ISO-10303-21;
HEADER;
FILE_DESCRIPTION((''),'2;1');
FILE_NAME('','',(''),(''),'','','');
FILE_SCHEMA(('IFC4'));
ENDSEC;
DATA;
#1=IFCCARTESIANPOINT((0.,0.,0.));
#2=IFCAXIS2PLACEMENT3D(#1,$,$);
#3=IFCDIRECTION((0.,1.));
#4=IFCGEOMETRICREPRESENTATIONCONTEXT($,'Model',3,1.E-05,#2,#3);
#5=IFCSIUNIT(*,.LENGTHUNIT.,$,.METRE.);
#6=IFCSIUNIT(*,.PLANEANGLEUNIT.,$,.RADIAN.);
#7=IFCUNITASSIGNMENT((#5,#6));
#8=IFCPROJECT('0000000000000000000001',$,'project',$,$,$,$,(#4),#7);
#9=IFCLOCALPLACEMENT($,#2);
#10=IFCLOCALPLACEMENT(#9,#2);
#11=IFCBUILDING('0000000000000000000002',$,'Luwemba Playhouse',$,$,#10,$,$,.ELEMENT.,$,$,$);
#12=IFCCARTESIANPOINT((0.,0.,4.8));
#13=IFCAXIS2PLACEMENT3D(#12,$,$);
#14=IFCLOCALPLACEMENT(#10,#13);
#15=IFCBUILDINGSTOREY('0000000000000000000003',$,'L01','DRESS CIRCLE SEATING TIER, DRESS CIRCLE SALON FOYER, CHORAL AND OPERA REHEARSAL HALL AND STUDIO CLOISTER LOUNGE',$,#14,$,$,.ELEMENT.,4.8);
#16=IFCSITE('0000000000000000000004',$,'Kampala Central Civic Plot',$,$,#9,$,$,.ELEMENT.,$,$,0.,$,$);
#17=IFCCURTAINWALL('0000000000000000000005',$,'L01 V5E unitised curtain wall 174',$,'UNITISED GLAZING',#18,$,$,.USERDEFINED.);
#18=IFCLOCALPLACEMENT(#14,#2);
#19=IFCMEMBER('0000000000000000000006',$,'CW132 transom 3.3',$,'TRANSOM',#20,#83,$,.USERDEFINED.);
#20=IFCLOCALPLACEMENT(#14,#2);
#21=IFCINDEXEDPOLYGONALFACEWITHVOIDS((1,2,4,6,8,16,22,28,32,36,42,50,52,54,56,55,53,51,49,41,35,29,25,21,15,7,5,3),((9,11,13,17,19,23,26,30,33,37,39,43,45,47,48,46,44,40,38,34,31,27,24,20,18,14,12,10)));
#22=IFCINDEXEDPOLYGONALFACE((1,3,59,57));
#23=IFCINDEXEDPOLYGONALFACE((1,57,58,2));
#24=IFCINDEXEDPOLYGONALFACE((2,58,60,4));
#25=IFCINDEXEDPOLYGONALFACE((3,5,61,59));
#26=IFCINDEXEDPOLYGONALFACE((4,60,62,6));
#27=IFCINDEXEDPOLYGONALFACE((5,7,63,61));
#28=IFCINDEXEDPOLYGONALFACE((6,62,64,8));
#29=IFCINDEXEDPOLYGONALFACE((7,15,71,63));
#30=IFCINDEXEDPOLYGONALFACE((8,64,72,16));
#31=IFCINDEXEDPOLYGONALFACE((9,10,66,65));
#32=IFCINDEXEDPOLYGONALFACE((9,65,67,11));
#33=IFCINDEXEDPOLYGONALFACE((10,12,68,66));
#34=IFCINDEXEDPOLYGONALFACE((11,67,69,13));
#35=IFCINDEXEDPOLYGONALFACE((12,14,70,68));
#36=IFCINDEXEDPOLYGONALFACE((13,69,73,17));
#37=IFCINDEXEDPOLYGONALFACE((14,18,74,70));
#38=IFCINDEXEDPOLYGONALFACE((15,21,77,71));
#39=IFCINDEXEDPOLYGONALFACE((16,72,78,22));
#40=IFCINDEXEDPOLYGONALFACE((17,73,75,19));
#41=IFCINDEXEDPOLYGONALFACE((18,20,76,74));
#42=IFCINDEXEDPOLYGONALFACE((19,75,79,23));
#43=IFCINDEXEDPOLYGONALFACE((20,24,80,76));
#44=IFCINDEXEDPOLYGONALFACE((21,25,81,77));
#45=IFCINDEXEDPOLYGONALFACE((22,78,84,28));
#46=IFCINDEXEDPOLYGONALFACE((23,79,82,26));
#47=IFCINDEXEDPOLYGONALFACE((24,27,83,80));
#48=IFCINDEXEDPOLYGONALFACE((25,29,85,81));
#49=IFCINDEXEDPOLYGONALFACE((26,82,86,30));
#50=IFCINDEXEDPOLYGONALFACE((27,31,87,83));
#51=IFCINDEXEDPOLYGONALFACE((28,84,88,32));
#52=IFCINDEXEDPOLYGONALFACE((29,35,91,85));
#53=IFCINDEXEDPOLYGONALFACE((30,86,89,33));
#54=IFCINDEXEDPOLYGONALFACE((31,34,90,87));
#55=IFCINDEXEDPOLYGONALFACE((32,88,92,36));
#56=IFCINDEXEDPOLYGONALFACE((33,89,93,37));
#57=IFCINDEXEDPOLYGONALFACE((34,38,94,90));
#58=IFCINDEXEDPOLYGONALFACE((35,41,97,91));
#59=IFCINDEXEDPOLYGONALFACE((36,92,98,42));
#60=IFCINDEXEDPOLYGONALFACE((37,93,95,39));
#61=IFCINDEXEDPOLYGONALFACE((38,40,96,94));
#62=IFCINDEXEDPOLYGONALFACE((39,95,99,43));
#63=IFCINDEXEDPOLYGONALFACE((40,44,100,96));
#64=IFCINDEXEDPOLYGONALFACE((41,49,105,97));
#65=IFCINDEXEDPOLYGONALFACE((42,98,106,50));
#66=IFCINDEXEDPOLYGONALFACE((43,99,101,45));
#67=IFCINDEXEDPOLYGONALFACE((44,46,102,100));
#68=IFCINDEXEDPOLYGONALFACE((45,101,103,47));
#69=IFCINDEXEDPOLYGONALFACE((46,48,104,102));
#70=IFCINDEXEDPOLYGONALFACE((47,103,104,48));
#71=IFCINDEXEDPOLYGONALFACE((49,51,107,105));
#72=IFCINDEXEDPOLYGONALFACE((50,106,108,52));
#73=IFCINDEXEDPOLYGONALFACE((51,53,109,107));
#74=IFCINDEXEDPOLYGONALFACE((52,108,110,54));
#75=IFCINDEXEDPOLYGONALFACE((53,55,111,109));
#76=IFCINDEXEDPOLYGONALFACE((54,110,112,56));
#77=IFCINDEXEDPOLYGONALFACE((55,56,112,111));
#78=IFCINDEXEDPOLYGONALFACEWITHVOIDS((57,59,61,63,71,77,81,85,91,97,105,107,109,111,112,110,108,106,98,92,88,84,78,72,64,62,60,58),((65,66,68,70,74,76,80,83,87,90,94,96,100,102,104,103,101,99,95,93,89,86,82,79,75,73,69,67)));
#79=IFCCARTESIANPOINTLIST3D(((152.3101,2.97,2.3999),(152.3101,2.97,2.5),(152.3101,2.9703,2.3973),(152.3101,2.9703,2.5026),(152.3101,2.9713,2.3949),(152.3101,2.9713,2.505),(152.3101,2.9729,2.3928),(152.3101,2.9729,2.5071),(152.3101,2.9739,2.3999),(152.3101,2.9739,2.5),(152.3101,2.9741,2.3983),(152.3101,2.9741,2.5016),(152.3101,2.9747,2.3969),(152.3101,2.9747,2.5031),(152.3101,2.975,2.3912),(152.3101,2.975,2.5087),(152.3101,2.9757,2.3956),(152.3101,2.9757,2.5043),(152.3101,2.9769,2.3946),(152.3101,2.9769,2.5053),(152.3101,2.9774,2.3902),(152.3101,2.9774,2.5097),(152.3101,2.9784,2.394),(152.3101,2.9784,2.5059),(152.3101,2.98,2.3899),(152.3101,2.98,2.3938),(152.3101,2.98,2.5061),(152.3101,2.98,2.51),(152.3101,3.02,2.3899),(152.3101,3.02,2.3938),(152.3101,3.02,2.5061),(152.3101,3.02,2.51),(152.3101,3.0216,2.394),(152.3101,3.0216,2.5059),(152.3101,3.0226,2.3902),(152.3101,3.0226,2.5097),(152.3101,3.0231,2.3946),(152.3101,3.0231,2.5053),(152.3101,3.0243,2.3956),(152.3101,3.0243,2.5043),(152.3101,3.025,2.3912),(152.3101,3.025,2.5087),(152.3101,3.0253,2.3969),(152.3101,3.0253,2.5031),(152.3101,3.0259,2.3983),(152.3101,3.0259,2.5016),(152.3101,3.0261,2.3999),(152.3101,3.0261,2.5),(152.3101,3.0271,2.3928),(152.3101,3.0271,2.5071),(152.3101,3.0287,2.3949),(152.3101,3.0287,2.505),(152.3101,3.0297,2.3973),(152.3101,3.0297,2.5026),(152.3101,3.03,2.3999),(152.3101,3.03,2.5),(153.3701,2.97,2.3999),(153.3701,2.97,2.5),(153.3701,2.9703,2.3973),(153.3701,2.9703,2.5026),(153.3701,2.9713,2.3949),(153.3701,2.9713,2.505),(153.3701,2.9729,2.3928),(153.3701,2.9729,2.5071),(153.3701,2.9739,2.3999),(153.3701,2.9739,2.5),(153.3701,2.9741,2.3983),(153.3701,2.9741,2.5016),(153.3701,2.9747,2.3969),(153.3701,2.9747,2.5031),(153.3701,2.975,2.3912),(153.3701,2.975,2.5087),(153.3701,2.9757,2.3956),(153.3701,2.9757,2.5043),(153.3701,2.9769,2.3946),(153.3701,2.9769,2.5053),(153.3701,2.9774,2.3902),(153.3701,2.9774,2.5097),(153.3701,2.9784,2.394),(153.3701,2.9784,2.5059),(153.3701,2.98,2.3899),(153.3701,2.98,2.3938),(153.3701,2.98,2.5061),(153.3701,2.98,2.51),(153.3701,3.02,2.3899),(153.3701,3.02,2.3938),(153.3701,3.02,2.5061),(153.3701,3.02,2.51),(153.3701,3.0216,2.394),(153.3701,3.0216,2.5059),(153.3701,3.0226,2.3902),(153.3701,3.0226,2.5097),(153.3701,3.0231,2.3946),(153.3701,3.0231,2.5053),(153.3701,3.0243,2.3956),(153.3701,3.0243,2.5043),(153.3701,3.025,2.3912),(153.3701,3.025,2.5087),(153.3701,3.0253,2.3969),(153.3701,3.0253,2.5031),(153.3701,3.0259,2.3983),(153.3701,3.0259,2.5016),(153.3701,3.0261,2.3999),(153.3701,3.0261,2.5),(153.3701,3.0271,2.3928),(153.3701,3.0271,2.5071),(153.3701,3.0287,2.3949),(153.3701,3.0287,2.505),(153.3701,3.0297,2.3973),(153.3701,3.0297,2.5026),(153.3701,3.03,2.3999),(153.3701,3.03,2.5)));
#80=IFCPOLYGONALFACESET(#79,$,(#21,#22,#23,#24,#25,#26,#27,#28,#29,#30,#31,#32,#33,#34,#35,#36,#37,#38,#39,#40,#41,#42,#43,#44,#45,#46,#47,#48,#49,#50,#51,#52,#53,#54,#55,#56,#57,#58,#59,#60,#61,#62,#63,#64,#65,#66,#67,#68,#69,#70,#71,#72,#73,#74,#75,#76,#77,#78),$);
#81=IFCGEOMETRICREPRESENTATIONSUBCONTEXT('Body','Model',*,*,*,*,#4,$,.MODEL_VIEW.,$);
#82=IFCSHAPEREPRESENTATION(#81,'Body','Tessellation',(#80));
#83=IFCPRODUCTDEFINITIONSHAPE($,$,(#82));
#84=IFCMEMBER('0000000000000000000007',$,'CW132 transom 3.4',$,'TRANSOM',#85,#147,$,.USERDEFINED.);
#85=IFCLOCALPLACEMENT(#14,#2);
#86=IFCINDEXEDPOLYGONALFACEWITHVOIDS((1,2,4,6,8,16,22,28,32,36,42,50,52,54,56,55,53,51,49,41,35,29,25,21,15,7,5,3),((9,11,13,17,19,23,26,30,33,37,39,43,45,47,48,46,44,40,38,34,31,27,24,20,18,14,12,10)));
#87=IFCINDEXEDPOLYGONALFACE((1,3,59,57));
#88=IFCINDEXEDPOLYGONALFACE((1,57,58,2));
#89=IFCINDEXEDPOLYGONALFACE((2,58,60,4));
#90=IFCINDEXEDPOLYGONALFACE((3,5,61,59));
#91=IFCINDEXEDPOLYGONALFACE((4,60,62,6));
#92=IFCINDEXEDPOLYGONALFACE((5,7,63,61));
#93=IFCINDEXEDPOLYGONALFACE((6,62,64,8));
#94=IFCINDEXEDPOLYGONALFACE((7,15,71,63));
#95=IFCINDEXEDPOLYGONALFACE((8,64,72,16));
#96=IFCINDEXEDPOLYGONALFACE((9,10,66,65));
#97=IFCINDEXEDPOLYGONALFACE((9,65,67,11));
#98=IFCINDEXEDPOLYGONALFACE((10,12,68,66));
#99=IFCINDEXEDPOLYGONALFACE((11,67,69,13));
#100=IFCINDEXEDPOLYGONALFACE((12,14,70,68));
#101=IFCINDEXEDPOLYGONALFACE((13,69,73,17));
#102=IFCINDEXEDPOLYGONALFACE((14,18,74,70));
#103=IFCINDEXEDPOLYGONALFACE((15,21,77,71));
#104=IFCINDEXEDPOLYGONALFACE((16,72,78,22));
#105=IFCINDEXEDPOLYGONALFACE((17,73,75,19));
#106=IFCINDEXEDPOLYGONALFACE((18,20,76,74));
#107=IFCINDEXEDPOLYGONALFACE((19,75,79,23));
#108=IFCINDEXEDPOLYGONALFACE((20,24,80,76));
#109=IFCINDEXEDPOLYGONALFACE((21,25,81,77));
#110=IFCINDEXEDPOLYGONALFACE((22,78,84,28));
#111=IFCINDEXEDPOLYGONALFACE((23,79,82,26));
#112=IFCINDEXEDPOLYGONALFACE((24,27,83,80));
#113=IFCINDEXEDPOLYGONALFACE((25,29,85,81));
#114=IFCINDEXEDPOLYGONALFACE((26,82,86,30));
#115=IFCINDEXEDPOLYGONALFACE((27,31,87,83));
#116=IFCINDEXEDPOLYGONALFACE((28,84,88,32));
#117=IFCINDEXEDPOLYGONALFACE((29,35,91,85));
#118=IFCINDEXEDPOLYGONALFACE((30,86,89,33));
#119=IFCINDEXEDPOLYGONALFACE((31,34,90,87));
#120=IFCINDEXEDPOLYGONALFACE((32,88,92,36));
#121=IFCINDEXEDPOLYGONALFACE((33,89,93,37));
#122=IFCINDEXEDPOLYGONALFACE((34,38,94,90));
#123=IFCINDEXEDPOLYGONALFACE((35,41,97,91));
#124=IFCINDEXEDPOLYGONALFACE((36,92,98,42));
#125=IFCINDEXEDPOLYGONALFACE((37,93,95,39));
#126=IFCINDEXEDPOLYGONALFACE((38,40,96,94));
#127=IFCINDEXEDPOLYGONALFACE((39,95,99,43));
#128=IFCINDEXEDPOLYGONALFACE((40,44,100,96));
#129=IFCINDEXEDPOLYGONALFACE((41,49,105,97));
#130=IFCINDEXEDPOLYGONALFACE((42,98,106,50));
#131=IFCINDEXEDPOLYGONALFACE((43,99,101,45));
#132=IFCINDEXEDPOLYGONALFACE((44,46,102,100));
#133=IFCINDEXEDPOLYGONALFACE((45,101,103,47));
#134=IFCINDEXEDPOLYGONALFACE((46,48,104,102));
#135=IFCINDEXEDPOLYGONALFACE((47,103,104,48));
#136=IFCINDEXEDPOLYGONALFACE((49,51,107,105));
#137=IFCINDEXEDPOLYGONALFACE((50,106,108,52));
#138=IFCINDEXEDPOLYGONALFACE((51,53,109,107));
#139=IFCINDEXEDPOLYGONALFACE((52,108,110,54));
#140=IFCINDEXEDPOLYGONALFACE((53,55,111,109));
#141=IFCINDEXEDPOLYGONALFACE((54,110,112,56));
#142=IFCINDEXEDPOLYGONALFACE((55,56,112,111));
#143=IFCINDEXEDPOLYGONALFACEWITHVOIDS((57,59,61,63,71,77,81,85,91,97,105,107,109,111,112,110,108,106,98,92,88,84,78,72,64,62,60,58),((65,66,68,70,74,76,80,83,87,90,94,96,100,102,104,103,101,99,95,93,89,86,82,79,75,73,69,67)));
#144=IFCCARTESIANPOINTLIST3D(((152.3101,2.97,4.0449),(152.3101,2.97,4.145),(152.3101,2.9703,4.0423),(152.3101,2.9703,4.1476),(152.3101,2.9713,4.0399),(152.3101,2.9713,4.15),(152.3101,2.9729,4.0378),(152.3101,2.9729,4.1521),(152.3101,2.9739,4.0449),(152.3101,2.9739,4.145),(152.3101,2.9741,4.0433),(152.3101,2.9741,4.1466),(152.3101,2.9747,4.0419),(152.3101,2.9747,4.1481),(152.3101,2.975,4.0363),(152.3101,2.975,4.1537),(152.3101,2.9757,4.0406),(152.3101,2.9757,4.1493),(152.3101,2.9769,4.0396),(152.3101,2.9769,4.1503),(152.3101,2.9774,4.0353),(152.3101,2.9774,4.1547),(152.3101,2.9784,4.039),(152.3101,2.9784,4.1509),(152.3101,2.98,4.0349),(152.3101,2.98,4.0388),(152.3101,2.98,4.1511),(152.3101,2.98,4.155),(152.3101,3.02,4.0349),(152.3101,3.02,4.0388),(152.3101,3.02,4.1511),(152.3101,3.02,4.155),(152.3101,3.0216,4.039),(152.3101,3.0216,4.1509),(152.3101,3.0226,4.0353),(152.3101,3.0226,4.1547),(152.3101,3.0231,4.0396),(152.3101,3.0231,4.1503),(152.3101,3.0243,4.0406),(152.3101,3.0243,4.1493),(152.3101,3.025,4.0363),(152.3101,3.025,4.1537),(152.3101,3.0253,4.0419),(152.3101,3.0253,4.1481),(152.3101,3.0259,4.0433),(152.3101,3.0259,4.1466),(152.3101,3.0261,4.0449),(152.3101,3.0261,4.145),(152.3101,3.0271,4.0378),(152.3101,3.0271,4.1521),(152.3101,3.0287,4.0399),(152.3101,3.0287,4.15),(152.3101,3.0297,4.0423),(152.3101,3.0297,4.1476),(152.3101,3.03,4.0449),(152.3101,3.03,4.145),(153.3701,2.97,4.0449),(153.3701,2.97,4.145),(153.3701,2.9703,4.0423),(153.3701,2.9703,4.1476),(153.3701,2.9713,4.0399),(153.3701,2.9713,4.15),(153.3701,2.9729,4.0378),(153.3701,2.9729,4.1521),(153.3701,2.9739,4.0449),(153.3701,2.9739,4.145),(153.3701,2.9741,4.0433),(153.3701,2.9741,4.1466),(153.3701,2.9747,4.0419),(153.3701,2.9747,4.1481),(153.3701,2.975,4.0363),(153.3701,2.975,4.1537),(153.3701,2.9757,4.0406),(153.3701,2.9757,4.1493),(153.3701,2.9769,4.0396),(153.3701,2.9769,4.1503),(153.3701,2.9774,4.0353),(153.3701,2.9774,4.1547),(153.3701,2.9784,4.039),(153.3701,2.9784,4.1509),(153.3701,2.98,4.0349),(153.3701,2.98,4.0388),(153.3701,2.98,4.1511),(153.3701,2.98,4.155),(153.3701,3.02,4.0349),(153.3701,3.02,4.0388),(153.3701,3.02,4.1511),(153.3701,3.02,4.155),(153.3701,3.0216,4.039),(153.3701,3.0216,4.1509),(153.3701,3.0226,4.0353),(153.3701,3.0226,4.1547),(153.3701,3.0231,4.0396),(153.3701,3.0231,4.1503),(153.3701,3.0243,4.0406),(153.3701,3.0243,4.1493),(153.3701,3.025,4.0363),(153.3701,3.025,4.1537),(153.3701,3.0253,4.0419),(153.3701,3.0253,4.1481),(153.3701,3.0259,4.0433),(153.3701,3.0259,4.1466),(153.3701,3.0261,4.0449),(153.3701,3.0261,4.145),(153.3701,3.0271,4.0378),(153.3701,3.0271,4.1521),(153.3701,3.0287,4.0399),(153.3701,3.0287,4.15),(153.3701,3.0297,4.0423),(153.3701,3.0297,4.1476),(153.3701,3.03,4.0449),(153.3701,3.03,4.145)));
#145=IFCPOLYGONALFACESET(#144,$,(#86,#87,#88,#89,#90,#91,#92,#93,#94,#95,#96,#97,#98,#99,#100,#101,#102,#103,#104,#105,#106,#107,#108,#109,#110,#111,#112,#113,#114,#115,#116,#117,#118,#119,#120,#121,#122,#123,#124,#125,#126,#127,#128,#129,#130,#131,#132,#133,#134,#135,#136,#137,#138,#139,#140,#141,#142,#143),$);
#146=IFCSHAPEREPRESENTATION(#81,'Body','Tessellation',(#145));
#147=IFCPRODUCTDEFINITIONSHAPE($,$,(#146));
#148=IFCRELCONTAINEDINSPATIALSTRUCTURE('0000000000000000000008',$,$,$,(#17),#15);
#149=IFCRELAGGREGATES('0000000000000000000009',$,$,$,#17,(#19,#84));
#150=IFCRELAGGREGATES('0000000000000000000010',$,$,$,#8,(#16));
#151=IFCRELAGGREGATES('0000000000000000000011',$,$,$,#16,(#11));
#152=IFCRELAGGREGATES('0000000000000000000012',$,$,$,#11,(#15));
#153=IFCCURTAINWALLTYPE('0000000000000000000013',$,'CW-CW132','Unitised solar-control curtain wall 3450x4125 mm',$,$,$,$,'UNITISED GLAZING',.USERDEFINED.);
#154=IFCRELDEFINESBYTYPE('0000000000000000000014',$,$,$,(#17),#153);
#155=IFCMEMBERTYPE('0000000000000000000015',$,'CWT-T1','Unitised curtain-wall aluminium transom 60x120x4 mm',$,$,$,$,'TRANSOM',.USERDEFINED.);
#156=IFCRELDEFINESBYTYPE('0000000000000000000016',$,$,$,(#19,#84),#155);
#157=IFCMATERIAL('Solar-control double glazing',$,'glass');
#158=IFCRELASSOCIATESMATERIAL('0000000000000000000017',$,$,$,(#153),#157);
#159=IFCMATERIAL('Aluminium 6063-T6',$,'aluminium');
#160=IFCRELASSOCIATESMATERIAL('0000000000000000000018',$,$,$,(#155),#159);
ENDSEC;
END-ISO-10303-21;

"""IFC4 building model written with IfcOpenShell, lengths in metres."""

from ifc_helpers import new_model, si_unit, direction, frame, origin, origin_2d, place, context, subcontext, project, spatial, hollow_rectangle, extrude, material, material_profile, profile_set, type_object, element, aggregate, save


model = new_model("IFC4")

# Units and contexts
model_context = context("Model", 3, precision=1e-05, world=origin(), true_north=direction((0.0, 1.0)))
body_context = subcontext(model_context, "Body", "Model", "MODEL_VIEW")
ifc_project = project(units=[si_unit("LENGTHUNIT", "METRE"), si_unit("PLANEANGLEUNIT", "RADIAN")], contexts=[model_context])

# Site, building, storey
site_placement = place(None, origin())
site = spatial("IfcSite", under=ifc_project, at=site_placement, Name="Kampala Central Civic Plot", CompositionType="ELEMENT", RefElevation=0.0)
building_placement = place(site_placement, origin())
building = spatial("IfcBuilding", under=site, at=building_placement, Name="Luwemba Playhouse", CompositionType="ELEMENT")
storey_placement = place(building_placement, frame((0.0, 0.0, 4.8)))
storey = spatial("IfcBuildingStorey", under=building, at=storey_placement, Name="L01", Description="DRESS CIRCLE SEATING TIER, DRESS CIRCLE SALON FOYER, CHORAL AND OPERA REHEARSAL HALL AND STUDIO CLOISTER LOUNGE", CompositionType="ELEMENT", Elevation=4.8)

# Curtain wall, members
ifc_material_1 = material(Name="Solar-control double glazing", Category="glass")
curtain_wall_type_1 = type_object("IfcCurtainWallType", Name="CW-CW132", Description="Unitised solar-control curtain wall 3450x4125 mm", ElementType="UNITISED GLAZING", PredefinedType="USERDEFINED", material=ifc_material_1)
curtain_wall_1_placement = place(storey_placement, origin())
curtain_wall_1 = element("IfcCurtainWall", 1, at=curtain_wall_1_placement, inside=storey, type_object=curtain_wall_type_1, Name="L01 V5E unitised curtain wall 174", ObjectType="UNITISED GLAZING", PredefinedType="USERDEFINED")
ifc_material_2 = material(Name="Aluminium 6063-T6", Category="aluminium")
ifc_material_profile_1 = material_profile(ifc_material_2, hollow_rectangle(XDim=0.0601, YDim=0.1201, WallThickness=0.0039, InnerFilletRadius=0.0061, OuterFilletRadius=0.01, at=origin_2d()))
ifc_profile_set_1 = profile_set([ifc_material_profile_1], Name="Aluminium 6063-T6")
member_type_1 = type_object("IfcMemberType", Name="CWT-T1", Description="Unitised curtain-wall aluminium transom 60x120x4 mm", ElementType="TRANSOM", PredefinedType="USERDEFINED", material=ifc_profile_set_1)
member_1_placement = place(storey_placement, frame((153.3701, 3.0, 2.45), z_axis=(-1.0, 0.0, 0.0), x_axis=(0.0, -1.0, 0.0)))
member_1 = element("IfcMember", 2, at=member_1_placement, type_object=member_type_1, Name="CW132 transom 3.3", ObjectType="TRANSOM", PredefinedType="USERDEFINED", context=body_context, shape_type="SweptSolid", body=[
    extrude(hollow_rectangle(XDim=0.0601, YDim=0.1201, WallThickness=0.0039, InnerFilletRadius=0.0061, OuterFilletRadius=0.01, at=origin_2d()), origin(), (0.0, 0.0, 1.0), 1.0601),
])
member_2_placement = place(storey_placement, frame((153.3701, 3.0, 4.095), z_axis=(-1.0, 0.0, 0.0), x_axis=(0.0, -1.0, 0.0)))
member_2 = element("IfcMember", 3, at=member_2_placement, type_object=member_type_1, Name="CW132 transom 3.4", ObjectType="TRANSOM", PredefinedType="USERDEFINED", context=body_context, shape_type="SweptSolid", body=[
    extrude(hollow_rectangle(XDim=0.0601, YDim=0.1201, WallThickness=0.0039, InnerFilletRadius=0.0061, OuterFilletRadius=0.01, at=origin_2d()), origin(), (0.0, 0.0, 1.0), 1.0601),
])

aggregate(curtain_wall_1, [member_1, member_2])

save(model, "model.ifc")
